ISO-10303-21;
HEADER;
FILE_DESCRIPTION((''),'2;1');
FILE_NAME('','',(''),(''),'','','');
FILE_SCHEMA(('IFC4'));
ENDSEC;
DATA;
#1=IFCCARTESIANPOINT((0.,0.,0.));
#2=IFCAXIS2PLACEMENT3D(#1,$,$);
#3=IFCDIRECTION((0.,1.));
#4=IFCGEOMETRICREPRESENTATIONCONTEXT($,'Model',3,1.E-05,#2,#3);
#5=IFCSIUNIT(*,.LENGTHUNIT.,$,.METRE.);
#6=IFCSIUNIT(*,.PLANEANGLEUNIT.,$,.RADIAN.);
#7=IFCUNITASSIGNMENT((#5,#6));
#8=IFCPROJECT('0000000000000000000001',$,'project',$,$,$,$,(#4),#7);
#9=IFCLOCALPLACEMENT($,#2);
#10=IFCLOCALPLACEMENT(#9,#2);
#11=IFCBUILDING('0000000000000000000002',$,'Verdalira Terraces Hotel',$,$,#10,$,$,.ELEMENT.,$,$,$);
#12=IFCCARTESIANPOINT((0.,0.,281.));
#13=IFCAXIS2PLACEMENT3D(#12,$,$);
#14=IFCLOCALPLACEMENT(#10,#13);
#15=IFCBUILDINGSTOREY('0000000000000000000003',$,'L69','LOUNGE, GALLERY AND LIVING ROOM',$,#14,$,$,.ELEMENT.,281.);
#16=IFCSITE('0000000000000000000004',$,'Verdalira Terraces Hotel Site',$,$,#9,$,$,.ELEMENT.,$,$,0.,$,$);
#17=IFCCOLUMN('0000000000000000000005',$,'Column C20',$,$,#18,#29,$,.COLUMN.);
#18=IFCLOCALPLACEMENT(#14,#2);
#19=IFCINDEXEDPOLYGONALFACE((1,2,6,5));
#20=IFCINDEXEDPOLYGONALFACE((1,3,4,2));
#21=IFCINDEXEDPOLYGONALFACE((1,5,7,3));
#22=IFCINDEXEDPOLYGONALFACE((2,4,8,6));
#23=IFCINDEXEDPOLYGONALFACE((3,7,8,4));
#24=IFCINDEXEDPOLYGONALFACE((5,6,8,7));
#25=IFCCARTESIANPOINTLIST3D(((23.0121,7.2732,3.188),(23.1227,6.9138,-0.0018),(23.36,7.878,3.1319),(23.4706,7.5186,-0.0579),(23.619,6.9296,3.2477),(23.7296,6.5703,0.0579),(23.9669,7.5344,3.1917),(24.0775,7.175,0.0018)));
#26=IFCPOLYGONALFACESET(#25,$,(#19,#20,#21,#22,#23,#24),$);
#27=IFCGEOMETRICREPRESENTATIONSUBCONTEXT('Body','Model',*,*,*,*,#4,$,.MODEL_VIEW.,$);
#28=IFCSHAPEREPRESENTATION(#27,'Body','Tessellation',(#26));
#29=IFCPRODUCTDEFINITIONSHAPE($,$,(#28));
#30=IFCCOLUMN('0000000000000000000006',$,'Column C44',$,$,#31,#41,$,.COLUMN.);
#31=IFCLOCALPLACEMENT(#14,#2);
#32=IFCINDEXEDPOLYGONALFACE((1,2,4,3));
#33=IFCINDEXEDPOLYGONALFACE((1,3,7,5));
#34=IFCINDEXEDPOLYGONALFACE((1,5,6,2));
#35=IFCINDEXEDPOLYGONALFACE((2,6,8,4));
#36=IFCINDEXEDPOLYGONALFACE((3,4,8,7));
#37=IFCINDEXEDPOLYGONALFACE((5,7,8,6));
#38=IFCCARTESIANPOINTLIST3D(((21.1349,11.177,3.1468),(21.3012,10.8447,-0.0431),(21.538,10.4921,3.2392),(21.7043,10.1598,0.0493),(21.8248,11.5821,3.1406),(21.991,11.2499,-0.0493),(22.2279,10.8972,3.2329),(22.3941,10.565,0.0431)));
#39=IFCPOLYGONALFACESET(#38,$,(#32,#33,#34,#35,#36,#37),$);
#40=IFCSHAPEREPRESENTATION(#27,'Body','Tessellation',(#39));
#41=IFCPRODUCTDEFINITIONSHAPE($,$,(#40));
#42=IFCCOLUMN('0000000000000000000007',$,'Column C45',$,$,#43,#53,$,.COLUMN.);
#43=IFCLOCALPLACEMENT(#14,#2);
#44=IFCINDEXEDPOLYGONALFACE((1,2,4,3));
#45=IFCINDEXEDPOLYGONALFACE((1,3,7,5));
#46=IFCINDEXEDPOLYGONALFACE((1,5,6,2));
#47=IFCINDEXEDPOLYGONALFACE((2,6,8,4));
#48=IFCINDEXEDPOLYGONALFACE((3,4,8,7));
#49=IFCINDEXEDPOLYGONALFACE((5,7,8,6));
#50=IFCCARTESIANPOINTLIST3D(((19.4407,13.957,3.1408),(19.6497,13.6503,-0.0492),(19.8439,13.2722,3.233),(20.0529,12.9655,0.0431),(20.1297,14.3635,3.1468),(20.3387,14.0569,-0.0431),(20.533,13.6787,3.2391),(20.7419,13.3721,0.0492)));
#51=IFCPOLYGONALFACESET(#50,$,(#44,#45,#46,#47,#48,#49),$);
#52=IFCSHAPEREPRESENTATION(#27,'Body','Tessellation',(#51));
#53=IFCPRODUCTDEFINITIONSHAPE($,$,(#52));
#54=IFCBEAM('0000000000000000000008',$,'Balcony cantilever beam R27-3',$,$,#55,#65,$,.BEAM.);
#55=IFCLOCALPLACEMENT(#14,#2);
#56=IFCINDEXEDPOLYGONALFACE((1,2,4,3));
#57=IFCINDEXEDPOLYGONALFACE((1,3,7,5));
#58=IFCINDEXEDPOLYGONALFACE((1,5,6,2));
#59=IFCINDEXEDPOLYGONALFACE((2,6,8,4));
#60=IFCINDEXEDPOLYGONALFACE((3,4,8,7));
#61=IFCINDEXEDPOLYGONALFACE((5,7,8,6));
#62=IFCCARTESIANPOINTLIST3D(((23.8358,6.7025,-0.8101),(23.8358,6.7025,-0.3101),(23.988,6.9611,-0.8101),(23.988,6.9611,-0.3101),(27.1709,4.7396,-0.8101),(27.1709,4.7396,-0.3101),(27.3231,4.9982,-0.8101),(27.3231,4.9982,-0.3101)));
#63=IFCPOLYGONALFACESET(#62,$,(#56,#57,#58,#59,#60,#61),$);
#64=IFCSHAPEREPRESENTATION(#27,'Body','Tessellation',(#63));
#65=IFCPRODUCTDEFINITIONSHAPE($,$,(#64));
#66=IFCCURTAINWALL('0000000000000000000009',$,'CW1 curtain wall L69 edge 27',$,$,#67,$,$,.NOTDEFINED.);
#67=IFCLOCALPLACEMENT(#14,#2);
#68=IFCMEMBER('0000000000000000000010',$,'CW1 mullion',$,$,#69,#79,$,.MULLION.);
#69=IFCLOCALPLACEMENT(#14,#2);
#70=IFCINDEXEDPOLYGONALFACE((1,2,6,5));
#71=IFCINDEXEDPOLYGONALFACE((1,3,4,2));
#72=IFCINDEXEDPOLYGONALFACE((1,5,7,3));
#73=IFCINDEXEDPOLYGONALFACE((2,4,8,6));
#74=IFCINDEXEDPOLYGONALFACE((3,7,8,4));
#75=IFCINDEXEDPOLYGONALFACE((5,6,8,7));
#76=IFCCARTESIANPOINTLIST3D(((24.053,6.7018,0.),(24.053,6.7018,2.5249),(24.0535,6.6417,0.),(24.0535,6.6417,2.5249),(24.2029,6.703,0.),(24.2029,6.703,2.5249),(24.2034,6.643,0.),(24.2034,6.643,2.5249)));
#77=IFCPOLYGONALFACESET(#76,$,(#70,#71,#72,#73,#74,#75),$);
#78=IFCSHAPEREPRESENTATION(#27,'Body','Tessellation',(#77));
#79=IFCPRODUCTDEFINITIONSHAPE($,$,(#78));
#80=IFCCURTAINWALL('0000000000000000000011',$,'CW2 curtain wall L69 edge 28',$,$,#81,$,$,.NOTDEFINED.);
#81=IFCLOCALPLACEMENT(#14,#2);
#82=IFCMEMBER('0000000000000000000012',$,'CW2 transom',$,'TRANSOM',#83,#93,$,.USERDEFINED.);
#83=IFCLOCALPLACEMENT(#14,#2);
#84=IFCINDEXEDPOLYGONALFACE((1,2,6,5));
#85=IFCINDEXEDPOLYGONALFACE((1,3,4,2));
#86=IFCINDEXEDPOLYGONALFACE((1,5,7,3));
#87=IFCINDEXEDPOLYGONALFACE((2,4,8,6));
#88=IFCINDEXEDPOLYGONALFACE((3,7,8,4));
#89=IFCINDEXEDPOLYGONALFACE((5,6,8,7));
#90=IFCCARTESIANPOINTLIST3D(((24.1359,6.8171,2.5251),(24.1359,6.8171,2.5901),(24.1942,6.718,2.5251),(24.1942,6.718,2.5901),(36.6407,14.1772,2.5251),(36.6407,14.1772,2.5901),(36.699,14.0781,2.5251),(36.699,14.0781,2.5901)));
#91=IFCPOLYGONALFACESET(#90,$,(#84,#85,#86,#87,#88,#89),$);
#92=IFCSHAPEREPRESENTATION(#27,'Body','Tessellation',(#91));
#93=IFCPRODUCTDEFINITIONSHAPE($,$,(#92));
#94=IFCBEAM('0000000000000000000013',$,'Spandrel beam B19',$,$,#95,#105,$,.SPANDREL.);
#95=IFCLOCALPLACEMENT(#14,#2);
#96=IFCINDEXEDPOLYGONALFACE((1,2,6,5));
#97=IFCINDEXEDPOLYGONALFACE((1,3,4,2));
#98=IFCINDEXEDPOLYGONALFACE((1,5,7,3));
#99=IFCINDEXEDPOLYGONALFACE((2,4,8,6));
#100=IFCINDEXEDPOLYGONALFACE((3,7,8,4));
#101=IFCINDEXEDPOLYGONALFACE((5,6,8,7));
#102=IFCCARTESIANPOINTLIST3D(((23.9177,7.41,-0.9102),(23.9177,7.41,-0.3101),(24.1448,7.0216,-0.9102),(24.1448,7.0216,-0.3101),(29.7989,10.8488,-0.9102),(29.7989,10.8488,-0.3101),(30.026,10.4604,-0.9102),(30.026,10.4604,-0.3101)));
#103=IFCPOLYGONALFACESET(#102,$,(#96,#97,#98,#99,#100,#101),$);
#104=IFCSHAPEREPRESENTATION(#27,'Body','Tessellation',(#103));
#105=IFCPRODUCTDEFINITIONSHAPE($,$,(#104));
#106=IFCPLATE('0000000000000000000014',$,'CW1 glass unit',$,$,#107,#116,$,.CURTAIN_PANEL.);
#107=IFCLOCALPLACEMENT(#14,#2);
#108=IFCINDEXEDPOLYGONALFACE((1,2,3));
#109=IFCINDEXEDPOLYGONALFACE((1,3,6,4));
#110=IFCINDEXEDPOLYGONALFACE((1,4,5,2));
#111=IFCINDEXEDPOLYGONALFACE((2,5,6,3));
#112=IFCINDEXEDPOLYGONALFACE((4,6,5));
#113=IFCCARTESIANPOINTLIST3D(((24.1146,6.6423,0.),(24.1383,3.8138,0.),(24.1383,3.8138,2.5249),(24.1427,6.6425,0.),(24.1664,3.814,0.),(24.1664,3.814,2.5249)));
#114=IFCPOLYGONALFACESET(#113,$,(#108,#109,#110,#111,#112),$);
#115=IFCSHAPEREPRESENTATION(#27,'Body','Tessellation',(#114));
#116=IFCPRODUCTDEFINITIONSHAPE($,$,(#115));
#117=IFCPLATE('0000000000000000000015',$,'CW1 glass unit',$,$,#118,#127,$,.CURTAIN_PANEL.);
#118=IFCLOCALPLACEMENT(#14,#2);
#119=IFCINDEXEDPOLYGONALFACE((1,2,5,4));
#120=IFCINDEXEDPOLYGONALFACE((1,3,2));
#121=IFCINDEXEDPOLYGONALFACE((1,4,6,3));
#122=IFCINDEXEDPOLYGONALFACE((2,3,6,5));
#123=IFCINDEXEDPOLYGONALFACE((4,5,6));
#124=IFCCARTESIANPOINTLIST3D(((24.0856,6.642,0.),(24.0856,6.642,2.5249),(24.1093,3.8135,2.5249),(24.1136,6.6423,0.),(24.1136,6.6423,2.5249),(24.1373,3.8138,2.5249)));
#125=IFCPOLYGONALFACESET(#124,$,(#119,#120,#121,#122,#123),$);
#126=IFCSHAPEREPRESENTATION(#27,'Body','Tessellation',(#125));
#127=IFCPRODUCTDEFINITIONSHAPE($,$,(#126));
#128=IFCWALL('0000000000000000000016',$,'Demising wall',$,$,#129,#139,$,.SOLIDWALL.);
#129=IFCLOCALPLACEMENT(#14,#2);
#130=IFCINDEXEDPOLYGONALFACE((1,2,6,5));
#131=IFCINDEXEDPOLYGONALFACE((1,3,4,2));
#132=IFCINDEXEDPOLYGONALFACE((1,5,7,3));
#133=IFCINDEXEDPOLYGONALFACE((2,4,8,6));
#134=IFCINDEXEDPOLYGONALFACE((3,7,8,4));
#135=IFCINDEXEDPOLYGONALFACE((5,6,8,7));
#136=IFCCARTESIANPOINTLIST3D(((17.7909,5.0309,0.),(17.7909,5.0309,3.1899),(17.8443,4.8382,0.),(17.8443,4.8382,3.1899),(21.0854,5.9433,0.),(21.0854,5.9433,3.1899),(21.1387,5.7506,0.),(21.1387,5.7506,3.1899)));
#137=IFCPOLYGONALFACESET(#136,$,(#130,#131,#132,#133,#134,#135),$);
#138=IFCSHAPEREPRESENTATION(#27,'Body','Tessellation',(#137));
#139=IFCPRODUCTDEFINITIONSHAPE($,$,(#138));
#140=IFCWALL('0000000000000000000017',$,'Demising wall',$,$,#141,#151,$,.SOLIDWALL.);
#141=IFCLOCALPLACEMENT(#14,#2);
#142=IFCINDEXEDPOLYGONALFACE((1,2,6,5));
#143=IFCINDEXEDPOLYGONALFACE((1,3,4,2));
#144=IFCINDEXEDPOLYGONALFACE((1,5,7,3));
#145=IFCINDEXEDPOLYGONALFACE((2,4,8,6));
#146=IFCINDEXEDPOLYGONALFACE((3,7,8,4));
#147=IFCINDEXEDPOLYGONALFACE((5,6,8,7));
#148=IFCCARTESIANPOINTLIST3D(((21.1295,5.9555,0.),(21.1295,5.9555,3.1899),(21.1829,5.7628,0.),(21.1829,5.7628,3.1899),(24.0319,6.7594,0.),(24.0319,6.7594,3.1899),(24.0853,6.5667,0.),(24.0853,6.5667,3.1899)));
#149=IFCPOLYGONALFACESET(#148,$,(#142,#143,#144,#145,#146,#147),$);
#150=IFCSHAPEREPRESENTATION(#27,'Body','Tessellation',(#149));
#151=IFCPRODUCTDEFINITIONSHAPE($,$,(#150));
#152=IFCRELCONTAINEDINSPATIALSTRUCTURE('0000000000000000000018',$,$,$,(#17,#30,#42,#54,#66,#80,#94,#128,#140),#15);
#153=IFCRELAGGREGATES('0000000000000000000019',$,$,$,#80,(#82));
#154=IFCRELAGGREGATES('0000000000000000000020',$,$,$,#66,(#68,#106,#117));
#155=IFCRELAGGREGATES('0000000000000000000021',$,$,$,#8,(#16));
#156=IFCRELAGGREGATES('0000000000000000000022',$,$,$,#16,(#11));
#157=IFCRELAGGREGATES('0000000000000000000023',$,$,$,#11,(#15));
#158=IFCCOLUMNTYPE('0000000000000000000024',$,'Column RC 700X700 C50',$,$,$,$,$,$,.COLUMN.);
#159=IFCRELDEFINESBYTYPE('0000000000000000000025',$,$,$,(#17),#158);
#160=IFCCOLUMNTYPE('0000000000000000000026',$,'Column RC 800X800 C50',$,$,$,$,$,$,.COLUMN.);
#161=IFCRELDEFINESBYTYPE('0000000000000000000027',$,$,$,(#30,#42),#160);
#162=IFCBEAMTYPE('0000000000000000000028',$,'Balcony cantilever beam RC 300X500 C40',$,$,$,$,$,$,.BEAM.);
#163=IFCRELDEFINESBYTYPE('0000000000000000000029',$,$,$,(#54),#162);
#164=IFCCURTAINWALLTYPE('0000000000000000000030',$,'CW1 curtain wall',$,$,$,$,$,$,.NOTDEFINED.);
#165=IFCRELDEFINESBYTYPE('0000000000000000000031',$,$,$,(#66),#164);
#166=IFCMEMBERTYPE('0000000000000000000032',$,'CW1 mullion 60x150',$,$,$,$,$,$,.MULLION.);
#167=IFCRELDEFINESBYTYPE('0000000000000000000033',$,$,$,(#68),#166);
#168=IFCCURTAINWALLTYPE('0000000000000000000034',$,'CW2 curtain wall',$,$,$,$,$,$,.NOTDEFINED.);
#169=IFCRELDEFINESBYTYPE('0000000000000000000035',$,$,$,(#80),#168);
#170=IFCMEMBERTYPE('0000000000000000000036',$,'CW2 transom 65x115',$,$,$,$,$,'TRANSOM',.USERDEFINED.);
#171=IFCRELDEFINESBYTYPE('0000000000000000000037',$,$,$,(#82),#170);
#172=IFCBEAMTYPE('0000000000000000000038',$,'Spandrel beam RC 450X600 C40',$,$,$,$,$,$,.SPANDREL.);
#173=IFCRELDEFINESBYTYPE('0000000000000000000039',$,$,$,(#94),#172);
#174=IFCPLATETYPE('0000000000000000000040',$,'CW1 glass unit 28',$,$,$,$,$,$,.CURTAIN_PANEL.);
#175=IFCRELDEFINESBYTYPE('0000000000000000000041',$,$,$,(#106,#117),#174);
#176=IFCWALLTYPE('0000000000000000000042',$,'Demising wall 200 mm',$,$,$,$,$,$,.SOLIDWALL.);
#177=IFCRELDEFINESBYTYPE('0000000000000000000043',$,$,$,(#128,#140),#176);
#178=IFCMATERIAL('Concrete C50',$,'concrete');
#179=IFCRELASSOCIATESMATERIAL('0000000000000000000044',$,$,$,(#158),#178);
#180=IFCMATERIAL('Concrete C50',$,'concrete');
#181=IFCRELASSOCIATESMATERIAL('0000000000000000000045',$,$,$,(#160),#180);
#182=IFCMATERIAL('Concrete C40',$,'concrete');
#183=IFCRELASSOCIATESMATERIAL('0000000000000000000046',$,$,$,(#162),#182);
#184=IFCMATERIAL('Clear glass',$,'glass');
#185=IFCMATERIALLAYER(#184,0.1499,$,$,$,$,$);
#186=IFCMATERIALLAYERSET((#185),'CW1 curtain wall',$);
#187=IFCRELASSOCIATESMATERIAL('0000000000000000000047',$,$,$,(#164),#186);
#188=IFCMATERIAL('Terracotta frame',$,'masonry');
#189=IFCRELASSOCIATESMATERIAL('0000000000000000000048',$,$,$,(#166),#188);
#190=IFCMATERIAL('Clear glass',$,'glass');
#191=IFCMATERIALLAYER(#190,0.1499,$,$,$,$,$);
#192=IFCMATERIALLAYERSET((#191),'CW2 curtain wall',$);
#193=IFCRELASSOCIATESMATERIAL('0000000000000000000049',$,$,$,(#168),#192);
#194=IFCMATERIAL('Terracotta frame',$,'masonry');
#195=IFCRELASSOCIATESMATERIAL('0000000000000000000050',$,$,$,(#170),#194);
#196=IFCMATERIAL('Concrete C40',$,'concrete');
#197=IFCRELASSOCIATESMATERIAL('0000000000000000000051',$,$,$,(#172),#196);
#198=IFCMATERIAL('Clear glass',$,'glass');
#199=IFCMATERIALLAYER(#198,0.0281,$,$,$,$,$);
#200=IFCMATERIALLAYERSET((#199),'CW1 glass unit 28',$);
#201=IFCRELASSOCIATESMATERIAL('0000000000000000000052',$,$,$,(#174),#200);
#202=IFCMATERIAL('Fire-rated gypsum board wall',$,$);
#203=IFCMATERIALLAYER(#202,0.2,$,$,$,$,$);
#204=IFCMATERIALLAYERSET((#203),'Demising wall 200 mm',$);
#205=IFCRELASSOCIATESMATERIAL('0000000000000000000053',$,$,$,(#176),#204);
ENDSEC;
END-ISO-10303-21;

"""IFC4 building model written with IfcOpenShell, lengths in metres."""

from ifc_helpers import new_model, si_unit, direction, frame, frame_2d, origin, origin_2d, place, context, subcontext, project, spatial, polyline, rectangle, outline, extrude, material, layer, layer_set, material_profile, profile_set, type_object, element, aggregate, save


model = new_model("IFC4")

# Units and contexts
model_context = context("Model", 3, precision=1e-05, world=origin(), true_north=direction((0.0, 1.0)))
body_context = subcontext(model_context, "Body", "Model", "MODEL_VIEW")
ifc_project = project(units=[si_unit("LENGTHUNIT", "METRE"), si_unit("PLANEANGLEUNIT", "RADIAN")], contexts=[model_context])

# Site, building, storey
site_placement = place(None, origin())
site = spatial("IfcSite", under=ifc_project, at=site_placement, Name="Verdalira Terraces Hotel Site", CompositionType="ELEMENT", RefElevation=0.0)
building_placement = place(site_placement, origin())
building = spatial("IfcBuilding", under=site, at=building_placement, Name="Verdalira Terraces Hotel", CompositionType="ELEMENT")
storey_placement = place(building_placement, frame((0.0, 0.0, 281.0)))
storey = spatial("IfcBuildingStorey", under=building, at=storey_placement, Name="L69", Description="LOUNGE, GALLERY AND LIVING ROOM", CompositionType="ELEMENT", Elevation=281.0)

# Columns
ifc_material_1 = material(Name="Concrete C50", Category="concrete")
ifc_material_profile_1 = material_profile(ifc_material_1, rectangle(XDim=0.7, YDim=0.7, at=origin_2d()), Name="RC 700X700")
ifc_profile_set_1 = profile_set([ifc_material_profile_1], Name="Concrete C50")
column_type_1 = type_object("IfcColumnType", Name="Column RC 700X700 C50", PredefinedType="COLUMN", material=ifc_profile_set_1)
column_placement = place(storey_placement, frame((23.6001, 7.0444, 0.0), z_axis=(-0.034432, 0.111884, 0.993125), x_axis=(-0.497019, -0.864034, 0.080109)))
element("IfcColumn", 1, at=column_placement, inside=storey, type_object=column_type_1, Name="Column C20", PredefinedType="COLUMN", context=body_context, shape_type="SweptSolid", body=[
    extrude(rectangle(XDim=0.7, YDim=0.7, at=origin_2d()), origin(), (0.0, 0.0, 1.0), 3.2119),
])
ifc_material_2 = material(Name="Concrete C50", Category="concrete")
ifc_material_profile_2 = material_profile(ifc_material_2, rectangle(XDim=0.8, YDim=0.8, at=origin_2d()), Name="RC 800X800")
ifc_profile_set_2 = profile_set([ifc_material_profile_2], Name="Concrete C50")
column_type_2 = type_object("IfcColumnType", Name="Column RC 800X800 C50", PredefinedType="COLUMN", material=ifc_profile_set_2)
for number, where, z_axis, x_axis, name in (
    (2, (21.8477, 10.7048, 0.0), (-0.05177, 0.103464, 0.993285), (0.862257, 0.506411, -0.007809), "Column C44"),
    (3, (20.1958, 13.5112, 0.0), (-0.065075, 0.095483, 0.993302), (0.861224, 0.50817, 0.007573), "Column C45"),
):
    element("IfcColumn", number, at=place(storey_placement, frame(where, z_axis=z_axis, x_axis=x_axis)), inside=storey, type_object=column_type_2, Name=name, PredefinedType="COLUMN", context=body_context, shape_type="SweptSolid", body=[
        extrude(rectangle(XDim=0.8, YDim=0.8, at=origin_2d()), origin(), (0.0, 0.0, 1.0), 3.2114),
    ])

# Beam
ifc_material_3 = material(Name="Concrete C40", Category="concrete")
ifc_material_profile_3 = material_profile(ifc_material_3, rectangle(XDim=0.3, YDim=0.5, at=origin_2d()), Name="RC 300X500")
ifc_profile_set_3 = profile_set([ifc_material_profile_3], Name="Concrete C40")
beam_type_1 = type_object("IfcBeamType", Name="Balcony cantilever beam RC 300X500 C40", PredefinedType="BEAM", material=ifc_profile_set_3)
beam_1_placement = place(storey_placement, frame((23.9119, 6.8318, -0.5601), z_axis=(0.861821, -0.507213, 0.0), x_axis=(0.507213, 0.861821, 0.0)))
element("IfcBeam", 4, at=beam_1_placement, inside=storey, type_object=beam_type_1, Name="Balcony cantilever beam R27-3", PredefinedType="BEAM", context=body_context, shape_type="SweptSolid", body=[
    extrude(rectangle(XDim=0.3, YDim=0.5, at=origin_2d()), origin(), (0.0, 0.0, 1.0), 3.8699),
])

# Curtain walls, members
ifc_material_4 = material(Name="Clear glass", Category="glass")
ifc_layer_1 = layer(ifc_material_4, 0.1499)
ifc_layer_set_1 = layer_set([ifc_layer_1], Name="CW1 curtain wall")
curtain_wall_type_1 = type_object("IfcCurtainWallType", Name="CW1 curtain wall", PredefinedType="NOTDEFINED", material=ifc_layer_set_1)
curtain_wall_1_placement = place(storey_placement, origin())
curtain_wall_1 = element("IfcCurtainWall", 5, at=curtain_wall_1_placement, inside=storey, type_object=curtain_wall_type_1, Name="CW1 curtain wall L69 edge 27", PredefinedType="NOTDEFINED")
ifc_material_5 = material(Name="Terracotta frame", Category="masonry")
ifc_material_profile_4 = material_profile(ifc_material_5, rectangle(XDim=0.0601, YDim=0.1499, at=origin_2d()), Name="MU 60x150")
ifc_profile_set_4 = profile_set([ifc_material_profile_4], Name="Terracotta frame")
member_type_1 = type_object("IfcMemberType", Name="CW1 mullion 60x150", PredefinedType="MULLION", material=ifc_profile_set_4)
member_1_placement = place(storey_placement, frame((24.1282, 6.6724, 0.0), z_axis=(0.0, 0.0, 1.0), x_axis=(-0.008377, 0.999965, 0.0)))
member_1 = element("IfcMember", 6, at=member_1_placement, type_object=member_type_1, Name="CW1 mullion", PredefinedType="MULLION", context=body_context, shape_type="SweptSolid", body=[
    extrude(rectangle(XDim=0.0601, YDim=0.1499, at=origin_2d()), origin(), (0.0, 0.0, 1.0), 2.5249),
])
ifc_material_6 = material(Name="Clear glass", Category="glass")
ifc_layer_2 = layer(ifc_material_6, 0.1499)
ifc_layer_set_2 = layer_set([ifc_layer_2], Name="CW2 curtain wall")
curtain_wall_type_2 = type_object("IfcCurtainWallType", Name="CW2 curtain wall", PredefinedType="NOTDEFINED", material=ifc_layer_set_2)
curtain_wall_2_placement = place(storey_placement, origin())
curtain_wall_2 = element("IfcCurtainWall", 7, at=curtain_wall_2_placement, inside=storey, type_object=curtain_wall_type_2, Name="CW2 curtain wall L69 edge 28", PredefinedType="NOTDEFINED")
ifc_material_7 = material(Name="Terracotta frame", Category="masonry")
ifc_material_profile_5 = material_profile(ifc_material_7, rectangle(XDim=0.115, YDim=0.0649, at=origin_2d()), Name="TR 65x115")
ifc_profile_set_5 = profile_set([ifc_material_profile_5], Name="Terracotta frame")
member_type_2 = type_object("IfcMemberType", Name="CW2 transom 65x115", ElementType="TRANSOM", PredefinedType="USERDEFINED", material=ifc_profile_set_5)
member_2_placement = place(storey_placement, frame((24.165, 6.7676, 2.5576), z_axis=(0.861805, 0.50724, 0.0), x_axis=(-0.50724, 0.861805, 0.0)))
member_2 = element("IfcMember", 8, at=member_2_placement, type_object=member_type_2, Name="CW2 transom", ObjectType="TRANSOM", PredefinedType="USERDEFINED", context=body_context, shape_type="SweptSolid", body=[
    extrude(rectangle(XDim=0.115, YDim=0.0649, at=origin_2d()), origin(), (0.0, 0.0, 1.0), 14.51),
])
aggregate(curtain_wall_2, [member_2])

# Beam
ifc_material_8 = material(Name="Concrete C40", Category="concrete")
ifc_material_profile_6 = material_profile(ifc_material_8, rectangle(XDim=0.45, YDim=0.6001, at=origin_2d()), Name="RC 450X600")
ifc_profile_set_6 = profile_set([ifc_material_profile_6], Name="Concrete C40")
beam_type_2 = type_object("IfcBeamType", Name="Spandrel beam RC 450X600 C40", PredefinedType="SPANDREL", material=ifc_profile_set_6)
beam_2_placement = place(storey_placement, frame((24.0312, 7.2158, -0.6101), z_axis=(0.863262, 0.504755, 0.0), x_axis=(-0.504755, 0.863262, 0.0)))
element("IfcBeam", 9, at=beam_2_placement, inside=storey, type_object=beam_type_2, Name="Spandrel beam B19", PredefinedType="SPANDREL", context=body_context, shape_type="SweptSolid", body=[
    extrude(rectangle(XDim=0.45, YDim=0.6001, at=origin_2d()), origin(), (0.0, 0.0, 1.0), 6.8127),
])

# Plates
ifc_material_9 = material(Name="Clear glass", Category="glass")
ifc_layer_3 = layer(ifc_material_9, 0.0281)
ifc_layer_set_3 = layer_set([ifc_layer_3], Name="CW1 glass unit 28")
plate_type = type_object("IfcPlateType", Name="CW1 glass unit 28", PredefinedType="CURTAIN_PANEL", material=ifc_layer_set_3)
plate_1_placement = place(storey_placement, frame((24.1265, 5.228, 1.2625), z_axis=(0.999965, 0.008377, 0.0), x_axis=(-0.008377, 0.999965, 0.0)))
plate_1 = element("IfcPlate", 10, at=plate_1_placement, type_object=plate_type, Name="CW1 glass unit", PredefinedType="CURTAIN_PANEL", context=body_context, shape_type="SweptSolid", body=[
    extrude(outline(polyline([(-1.4143, -1.2625), (1.4143, -1.2625), (-1.4143, 1.2625), (-1.4143, -1.2625)])), origin(), (0.0, 0.0, 1.0), 0.0281),
])
plate_2_placement = place(storey_placement, frame((24.0974, 5.2278, 1.2625), z_axis=(0.999965, 0.008377, 0.0), x_axis=(-0.008377, 0.999965, 0.0)))
plate_2 = element("IfcPlate", 11, at=plate_2_placement, type_object=plate_type, Name="CW1 glass unit", PredefinedType="CURTAIN_PANEL", context=body_context, shape_type="SweptSolid", body=[
    extrude(outline(polyline([(1.4143, -1.2625), (1.4143, 1.2625), (-1.4143, 1.2625), (1.4143, -1.2625)])), origin(), (0.0, 0.0, 1.0), 0.0281),
])
aggregate(curtain_wall_1, [member_1, plate_1, plate_2])

# Walls
ifc_material_10 = material(Name="Fire-rated gypsum board wall")
ifc_layer_4 = layer(ifc_material_10, 0.2)
ifc_layer_set_4 = layer_set([ifc_layer_4], Name="Demising wall 200 mm")
wall_type_1 = type_object("IfcWallType", Name="Demising wall 200 mm", PredefinedType="SOLIDWALL", material=ifc_layer_set_4)
wall_1_placement = place(storey_placement, frame((21.1121, 5.8469, 0.0), z_axis=(0.0, 0.0, 1.0), x_axis=(-0.963726, -0.266892, 0.0)))
element("IfcWall", 12, at=wall_1_placement, inside=storey, type_object=wall_type_1, Name="Demising wall", PredefinedType="SOLIDWALL", context=body_context, shape_type="SweptSolid", body=[
    extrude(rectangle(XDim=3.4185, YDim=0.2, at=frame_2d((1.7092, 0.0))), origin(), (0.0, 0.0, 1.0), 3.1899),
])
wall_2_placement = place(storey_placement, frame((24.0586, 6.6631, 0.0), z_axis=(0.0, 0.0, 1.0), x_axis=(-0.96371, -0.26695, 0.0)))
element("IfcWall", 13, at=wall_2_placement, inside=storey, type_object=wall_type_1, Name="Demising wall", PredefinedType="SOLIDWALL", context=body_context, shape_type="SweptSolid", body=[
    extrude(rectangle(XDim=3.0117, YDim=0.2, at=frame_2d((1.5059, 0.0))), origin(), (0.0, 0.0, 1.0), 3.1899),
])

save(model, "model.ifc")
